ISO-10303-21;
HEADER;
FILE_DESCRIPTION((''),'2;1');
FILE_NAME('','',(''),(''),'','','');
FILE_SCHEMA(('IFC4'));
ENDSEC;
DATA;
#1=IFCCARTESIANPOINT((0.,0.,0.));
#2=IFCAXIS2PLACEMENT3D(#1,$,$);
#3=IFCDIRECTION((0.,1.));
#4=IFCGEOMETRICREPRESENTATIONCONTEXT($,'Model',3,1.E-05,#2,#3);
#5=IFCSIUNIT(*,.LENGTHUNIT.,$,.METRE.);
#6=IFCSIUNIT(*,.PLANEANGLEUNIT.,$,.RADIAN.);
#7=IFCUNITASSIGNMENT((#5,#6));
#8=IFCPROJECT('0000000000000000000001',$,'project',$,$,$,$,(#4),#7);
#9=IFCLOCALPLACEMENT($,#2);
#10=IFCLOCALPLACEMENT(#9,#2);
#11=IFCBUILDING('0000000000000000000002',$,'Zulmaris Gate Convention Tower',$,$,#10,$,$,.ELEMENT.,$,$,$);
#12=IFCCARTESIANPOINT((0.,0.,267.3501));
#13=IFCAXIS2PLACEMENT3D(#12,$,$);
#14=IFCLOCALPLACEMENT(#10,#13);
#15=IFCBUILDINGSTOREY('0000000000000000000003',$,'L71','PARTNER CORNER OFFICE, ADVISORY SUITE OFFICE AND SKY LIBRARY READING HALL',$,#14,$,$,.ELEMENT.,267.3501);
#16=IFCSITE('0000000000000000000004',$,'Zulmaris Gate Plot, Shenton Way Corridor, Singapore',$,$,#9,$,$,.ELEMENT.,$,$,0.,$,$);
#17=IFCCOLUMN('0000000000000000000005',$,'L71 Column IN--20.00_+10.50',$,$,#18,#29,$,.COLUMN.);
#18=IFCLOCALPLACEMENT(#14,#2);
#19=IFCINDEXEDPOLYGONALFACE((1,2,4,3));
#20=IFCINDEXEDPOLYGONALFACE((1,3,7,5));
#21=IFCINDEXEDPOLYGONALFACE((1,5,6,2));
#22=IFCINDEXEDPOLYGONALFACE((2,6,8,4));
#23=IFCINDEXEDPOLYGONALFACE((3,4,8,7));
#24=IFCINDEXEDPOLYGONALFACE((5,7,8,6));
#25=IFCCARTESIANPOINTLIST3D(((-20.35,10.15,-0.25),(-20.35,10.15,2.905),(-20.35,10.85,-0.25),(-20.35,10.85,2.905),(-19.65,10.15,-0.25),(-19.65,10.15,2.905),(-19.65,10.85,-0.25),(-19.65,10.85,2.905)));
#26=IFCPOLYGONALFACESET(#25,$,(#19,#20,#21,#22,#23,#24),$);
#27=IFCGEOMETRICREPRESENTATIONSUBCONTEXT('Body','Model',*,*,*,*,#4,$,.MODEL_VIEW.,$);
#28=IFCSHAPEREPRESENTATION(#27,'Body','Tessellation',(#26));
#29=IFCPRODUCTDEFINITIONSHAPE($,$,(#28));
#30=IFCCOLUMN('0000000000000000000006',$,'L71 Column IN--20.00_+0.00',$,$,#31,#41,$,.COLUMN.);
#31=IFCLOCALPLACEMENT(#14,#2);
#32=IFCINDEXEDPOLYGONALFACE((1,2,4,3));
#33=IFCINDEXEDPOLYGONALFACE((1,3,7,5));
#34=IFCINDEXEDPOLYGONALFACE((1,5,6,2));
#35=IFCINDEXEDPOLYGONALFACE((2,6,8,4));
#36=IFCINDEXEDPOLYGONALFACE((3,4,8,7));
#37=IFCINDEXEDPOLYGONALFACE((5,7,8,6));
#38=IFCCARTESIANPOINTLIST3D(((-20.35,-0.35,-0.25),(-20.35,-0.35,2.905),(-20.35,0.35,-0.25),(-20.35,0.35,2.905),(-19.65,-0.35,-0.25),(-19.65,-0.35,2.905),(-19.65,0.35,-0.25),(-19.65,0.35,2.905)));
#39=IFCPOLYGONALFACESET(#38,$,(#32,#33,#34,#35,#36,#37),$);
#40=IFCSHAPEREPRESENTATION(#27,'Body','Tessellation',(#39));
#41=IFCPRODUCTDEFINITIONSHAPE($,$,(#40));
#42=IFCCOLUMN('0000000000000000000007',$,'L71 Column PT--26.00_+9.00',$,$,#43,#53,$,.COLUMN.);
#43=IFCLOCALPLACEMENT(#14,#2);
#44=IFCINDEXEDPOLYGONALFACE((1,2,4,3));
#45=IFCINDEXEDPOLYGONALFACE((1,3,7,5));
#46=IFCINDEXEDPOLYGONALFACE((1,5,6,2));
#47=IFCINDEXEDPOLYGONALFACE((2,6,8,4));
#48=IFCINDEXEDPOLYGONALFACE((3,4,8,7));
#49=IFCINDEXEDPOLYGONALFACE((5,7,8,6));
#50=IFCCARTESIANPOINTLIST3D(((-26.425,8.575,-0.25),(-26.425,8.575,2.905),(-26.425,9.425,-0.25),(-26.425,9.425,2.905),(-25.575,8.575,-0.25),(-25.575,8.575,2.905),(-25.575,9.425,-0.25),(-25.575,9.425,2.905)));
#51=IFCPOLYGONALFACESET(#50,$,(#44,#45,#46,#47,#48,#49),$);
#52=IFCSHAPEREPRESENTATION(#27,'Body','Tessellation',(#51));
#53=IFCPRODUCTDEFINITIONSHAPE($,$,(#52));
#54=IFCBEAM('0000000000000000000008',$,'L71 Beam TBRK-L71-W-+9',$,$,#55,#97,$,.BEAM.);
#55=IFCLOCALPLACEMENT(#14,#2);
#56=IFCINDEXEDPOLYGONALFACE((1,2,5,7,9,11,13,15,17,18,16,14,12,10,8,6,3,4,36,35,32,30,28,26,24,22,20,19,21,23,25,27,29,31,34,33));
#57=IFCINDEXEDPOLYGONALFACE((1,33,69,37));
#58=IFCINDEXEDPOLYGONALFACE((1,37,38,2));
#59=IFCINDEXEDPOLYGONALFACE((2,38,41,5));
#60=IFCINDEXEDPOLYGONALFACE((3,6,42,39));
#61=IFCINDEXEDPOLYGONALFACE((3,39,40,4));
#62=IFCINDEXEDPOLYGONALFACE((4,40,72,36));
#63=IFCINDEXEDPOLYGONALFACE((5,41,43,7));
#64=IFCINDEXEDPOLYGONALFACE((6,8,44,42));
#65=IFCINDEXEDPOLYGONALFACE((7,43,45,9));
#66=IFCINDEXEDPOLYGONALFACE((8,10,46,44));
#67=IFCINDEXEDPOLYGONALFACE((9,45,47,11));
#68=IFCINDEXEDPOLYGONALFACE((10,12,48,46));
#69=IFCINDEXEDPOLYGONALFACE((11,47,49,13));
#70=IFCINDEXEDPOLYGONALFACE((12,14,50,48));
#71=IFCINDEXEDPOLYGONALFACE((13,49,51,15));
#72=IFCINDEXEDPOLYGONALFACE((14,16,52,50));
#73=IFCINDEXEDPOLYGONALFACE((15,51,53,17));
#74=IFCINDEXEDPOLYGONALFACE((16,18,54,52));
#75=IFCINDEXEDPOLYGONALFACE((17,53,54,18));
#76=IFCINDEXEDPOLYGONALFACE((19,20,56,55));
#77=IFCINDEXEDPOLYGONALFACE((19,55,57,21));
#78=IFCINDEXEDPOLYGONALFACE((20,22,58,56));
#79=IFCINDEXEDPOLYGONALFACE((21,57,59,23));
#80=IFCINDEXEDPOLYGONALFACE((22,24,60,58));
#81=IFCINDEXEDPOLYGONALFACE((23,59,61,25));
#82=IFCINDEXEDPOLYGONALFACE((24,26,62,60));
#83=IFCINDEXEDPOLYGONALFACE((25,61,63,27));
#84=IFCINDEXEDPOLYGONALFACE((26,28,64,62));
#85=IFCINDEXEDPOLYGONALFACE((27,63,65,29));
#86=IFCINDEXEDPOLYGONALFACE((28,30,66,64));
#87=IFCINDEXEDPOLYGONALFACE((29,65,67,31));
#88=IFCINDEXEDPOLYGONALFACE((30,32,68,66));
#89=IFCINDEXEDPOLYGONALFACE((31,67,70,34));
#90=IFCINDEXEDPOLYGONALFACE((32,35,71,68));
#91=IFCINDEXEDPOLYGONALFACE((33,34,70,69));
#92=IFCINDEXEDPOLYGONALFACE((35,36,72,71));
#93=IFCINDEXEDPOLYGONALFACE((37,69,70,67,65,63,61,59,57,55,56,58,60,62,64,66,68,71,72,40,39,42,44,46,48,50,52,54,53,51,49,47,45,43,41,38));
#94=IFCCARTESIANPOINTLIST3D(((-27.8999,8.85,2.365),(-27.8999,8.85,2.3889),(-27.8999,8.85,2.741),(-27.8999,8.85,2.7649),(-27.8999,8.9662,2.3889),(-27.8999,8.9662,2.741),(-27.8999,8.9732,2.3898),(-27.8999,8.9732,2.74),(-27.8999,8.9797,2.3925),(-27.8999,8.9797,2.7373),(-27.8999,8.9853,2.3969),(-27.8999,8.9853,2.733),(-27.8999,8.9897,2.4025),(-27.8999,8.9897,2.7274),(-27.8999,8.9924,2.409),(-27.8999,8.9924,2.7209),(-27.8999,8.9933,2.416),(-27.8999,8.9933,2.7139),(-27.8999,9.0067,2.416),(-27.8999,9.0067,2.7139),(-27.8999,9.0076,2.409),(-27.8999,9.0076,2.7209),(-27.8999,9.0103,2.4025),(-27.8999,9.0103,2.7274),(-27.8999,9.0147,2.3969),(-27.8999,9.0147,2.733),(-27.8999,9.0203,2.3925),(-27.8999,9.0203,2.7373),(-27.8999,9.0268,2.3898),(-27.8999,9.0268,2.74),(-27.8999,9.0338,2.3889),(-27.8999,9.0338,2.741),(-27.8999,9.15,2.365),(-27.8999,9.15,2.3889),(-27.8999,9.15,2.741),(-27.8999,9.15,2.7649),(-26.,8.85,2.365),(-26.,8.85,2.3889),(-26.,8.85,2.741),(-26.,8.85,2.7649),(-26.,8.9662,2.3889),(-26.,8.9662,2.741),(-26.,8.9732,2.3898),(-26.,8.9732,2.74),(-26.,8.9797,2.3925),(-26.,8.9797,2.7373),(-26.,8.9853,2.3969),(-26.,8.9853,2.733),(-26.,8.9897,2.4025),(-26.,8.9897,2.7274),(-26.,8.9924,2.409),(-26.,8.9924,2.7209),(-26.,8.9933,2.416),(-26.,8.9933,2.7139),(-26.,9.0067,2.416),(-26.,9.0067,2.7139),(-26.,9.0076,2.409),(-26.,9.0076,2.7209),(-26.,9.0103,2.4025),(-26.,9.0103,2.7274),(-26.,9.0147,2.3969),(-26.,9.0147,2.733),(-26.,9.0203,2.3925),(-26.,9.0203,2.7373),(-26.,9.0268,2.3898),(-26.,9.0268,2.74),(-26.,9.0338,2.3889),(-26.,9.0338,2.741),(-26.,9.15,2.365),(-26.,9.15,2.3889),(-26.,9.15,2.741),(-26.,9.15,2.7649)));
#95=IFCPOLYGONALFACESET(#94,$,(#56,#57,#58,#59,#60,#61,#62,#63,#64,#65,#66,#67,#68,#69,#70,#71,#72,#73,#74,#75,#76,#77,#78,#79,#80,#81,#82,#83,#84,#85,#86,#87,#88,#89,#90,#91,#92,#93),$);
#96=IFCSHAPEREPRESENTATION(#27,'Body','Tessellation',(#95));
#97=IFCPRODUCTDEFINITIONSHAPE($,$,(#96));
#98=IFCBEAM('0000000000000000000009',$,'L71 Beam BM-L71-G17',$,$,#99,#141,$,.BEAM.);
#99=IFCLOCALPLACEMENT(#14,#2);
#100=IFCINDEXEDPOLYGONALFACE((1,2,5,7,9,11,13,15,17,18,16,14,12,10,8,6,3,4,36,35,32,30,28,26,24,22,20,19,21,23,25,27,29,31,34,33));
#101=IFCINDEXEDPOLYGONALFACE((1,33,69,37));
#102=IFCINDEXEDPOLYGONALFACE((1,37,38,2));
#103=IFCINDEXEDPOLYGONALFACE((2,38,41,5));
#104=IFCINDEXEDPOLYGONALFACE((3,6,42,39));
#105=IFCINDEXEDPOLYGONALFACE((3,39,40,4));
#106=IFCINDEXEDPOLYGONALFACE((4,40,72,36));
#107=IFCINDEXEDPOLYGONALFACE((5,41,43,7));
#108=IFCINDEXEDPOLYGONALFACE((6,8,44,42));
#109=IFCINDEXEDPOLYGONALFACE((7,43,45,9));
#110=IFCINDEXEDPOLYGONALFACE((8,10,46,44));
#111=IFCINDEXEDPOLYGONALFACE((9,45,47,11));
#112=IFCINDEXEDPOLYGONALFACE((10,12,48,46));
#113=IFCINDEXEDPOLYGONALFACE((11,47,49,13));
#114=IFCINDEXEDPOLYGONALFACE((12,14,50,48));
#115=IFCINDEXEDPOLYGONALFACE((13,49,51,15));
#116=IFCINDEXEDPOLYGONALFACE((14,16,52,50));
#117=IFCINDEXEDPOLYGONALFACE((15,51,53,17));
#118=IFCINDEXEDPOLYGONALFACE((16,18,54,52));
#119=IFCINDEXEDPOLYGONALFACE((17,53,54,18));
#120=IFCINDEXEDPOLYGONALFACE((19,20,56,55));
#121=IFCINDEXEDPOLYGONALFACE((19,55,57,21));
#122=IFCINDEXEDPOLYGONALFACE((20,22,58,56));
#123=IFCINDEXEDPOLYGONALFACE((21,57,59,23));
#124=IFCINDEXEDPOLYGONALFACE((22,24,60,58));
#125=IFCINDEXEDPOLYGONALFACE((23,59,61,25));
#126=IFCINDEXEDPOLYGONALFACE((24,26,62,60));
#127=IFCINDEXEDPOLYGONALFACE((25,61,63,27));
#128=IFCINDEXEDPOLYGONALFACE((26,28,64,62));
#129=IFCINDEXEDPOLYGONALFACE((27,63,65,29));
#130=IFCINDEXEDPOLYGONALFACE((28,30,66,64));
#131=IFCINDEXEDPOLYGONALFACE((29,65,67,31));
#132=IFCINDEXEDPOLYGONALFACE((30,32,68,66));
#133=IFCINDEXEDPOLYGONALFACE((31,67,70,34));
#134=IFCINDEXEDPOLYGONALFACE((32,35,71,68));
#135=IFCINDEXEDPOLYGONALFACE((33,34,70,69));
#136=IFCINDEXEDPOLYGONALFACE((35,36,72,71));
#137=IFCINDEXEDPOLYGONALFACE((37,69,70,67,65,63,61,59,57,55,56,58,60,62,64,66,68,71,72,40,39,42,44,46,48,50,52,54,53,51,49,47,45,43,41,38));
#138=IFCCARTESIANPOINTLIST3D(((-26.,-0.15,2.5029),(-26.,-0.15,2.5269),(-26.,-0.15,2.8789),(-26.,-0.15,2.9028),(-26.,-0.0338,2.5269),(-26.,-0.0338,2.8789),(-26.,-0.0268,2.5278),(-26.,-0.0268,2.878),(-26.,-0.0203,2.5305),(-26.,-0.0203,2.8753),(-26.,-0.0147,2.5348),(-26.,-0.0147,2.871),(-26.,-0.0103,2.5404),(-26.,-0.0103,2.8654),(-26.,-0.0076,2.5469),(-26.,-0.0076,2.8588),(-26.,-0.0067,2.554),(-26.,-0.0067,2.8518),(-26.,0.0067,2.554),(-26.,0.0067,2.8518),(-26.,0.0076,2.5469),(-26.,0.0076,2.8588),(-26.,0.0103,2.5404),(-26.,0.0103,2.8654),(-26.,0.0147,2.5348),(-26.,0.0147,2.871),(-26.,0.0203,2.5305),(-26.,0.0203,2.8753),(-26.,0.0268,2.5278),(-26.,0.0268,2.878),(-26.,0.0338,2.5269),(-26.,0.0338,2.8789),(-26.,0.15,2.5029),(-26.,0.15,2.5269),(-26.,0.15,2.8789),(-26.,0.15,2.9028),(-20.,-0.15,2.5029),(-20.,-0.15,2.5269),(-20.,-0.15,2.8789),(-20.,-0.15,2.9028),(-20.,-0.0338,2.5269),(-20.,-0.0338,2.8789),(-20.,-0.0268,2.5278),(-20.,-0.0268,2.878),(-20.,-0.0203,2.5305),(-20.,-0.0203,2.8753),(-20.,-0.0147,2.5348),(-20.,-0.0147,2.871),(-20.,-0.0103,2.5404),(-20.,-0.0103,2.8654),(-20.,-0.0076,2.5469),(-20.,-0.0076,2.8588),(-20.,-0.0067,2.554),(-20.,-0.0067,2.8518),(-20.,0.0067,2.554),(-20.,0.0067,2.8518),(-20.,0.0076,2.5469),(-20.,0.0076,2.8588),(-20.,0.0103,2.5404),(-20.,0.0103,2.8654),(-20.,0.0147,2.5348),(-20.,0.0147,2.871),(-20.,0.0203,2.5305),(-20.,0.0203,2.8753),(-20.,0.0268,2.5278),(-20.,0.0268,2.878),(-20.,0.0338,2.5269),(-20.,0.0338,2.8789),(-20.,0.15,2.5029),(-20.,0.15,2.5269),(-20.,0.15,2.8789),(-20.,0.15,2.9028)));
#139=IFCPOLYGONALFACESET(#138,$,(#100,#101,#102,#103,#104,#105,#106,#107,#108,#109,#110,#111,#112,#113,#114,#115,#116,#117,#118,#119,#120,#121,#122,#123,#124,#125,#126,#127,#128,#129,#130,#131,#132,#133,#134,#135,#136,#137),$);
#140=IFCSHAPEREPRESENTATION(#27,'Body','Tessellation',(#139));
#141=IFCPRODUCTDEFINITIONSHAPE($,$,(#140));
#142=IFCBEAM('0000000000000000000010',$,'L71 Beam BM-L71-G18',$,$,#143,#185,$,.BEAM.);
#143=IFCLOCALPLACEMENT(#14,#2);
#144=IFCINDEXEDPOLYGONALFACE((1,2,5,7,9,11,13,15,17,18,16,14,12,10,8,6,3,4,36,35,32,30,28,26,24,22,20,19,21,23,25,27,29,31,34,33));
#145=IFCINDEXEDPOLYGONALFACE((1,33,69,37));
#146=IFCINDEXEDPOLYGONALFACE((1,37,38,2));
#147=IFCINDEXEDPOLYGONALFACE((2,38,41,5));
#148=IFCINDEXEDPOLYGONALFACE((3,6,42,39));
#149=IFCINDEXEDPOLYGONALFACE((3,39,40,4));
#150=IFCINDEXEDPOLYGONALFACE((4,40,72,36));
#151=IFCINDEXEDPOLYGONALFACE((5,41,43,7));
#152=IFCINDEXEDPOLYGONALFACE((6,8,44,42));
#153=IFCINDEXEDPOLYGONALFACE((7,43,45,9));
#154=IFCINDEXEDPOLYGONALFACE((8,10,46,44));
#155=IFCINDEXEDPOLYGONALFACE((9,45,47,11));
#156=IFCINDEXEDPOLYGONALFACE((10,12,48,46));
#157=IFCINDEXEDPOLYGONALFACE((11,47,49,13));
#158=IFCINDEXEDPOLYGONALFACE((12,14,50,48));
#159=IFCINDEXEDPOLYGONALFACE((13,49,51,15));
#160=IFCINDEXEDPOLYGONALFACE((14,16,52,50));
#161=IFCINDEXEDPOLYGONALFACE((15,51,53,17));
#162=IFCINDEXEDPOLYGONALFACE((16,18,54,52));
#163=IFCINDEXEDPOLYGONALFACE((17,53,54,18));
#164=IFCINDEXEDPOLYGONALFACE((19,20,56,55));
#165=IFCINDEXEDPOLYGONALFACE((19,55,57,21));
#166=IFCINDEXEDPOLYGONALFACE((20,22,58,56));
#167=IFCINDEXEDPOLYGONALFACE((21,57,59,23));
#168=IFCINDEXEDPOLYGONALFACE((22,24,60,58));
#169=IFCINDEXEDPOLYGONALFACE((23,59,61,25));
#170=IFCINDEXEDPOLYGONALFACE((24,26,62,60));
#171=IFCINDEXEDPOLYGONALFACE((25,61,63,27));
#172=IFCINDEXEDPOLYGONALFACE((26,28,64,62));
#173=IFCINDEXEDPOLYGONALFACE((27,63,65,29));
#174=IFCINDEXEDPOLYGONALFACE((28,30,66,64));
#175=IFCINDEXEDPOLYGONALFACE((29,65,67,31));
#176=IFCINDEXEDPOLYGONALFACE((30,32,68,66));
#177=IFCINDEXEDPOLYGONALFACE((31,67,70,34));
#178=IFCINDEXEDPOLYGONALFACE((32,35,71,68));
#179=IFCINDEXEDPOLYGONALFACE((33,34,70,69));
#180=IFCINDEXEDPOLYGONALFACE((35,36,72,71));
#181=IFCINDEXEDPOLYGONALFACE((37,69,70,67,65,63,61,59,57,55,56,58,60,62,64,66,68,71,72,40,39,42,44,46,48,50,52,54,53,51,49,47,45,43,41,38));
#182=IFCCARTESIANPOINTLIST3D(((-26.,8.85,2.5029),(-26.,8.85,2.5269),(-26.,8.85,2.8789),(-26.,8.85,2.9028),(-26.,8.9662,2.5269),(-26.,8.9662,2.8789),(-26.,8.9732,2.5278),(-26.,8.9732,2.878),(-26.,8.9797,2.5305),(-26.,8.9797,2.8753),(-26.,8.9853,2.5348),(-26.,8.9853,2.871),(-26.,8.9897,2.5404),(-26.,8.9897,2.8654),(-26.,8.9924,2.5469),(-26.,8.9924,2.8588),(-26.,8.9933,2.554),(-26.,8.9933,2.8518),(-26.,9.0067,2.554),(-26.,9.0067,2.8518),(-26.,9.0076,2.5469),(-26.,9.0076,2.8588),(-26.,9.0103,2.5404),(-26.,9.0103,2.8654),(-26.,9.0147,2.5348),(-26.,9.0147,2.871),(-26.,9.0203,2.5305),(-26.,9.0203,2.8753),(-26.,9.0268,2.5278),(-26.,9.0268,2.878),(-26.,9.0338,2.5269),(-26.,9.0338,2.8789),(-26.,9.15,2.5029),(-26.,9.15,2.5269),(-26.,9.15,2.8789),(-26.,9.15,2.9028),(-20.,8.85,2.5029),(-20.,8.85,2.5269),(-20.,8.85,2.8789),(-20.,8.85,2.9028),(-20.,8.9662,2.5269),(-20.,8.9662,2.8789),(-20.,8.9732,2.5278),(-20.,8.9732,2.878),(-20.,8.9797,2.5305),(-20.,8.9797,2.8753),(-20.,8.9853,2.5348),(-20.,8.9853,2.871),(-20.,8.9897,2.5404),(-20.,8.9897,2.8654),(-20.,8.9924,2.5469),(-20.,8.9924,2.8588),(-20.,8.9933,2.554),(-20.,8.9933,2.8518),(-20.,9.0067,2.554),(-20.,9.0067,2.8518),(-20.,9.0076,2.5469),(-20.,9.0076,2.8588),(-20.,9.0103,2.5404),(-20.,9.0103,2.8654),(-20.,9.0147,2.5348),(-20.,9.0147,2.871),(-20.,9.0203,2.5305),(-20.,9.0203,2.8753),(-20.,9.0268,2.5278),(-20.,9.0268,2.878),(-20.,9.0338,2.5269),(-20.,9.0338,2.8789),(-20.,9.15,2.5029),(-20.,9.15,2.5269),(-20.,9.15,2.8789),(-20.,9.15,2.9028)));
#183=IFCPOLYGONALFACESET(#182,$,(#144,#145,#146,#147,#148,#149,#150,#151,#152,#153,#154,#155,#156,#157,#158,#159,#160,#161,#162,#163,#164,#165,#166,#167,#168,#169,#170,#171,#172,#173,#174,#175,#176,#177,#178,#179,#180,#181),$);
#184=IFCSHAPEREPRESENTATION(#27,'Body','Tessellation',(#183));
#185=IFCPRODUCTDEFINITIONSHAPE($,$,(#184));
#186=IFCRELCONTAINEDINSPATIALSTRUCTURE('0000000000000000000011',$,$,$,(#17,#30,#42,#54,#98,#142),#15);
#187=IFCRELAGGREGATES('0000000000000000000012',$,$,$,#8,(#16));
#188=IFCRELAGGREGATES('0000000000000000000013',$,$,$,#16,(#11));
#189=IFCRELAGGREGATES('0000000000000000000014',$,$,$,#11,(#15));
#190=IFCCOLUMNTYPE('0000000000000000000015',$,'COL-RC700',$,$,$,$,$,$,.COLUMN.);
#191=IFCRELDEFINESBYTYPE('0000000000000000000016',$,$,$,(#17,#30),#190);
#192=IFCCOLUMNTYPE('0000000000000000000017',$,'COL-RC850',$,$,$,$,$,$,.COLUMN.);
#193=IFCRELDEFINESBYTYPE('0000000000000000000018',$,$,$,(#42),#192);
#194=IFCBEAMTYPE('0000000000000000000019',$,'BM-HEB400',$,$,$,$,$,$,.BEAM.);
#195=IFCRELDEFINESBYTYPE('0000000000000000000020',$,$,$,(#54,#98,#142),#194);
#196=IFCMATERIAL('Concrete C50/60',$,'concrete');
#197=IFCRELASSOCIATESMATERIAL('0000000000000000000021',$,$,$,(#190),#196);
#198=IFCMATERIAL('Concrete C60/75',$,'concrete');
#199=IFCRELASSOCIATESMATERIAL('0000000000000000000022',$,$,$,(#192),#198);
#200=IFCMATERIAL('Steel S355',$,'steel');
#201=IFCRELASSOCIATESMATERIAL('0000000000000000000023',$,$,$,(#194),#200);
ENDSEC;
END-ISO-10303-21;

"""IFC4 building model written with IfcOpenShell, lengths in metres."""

from ifc_helpers import new_model, si_unit, direction, frame, origin, origin_2d, place, context, subcontext, project, spatial, rectangle, i_section, extrude, material, material_profile, profile_set, type_object, element, save


model = new_model("IFC4")

# Units and contexts
model_context = context("Model", 3, precision=1e-05, world=origin(), true_north=direction((0.0, 1.0)))
body_context = subcontext(model_context, "Body", "Model", "MODEL_VIEW")
ifc_project = project(units=[si_unit("LENGTHUNIT", "METRE"), si_unit("PLANEANGLEUNIT", "RADIAN")], contexts=[model_context])

# Site, building, storey
site_placement = place(None, origin())
site = spatial("IfcSite", under=ifc_project, at=site_placement, Name="Zulmaris Gate Plot, Shenton Way Corridor, Singapore", CompositionType="ELEMENT", RefElevation=0.0)
building_placement = place(site_placement, origin())
building = spatial("IfcBuilding", under=site, at=building_placement, Name="Zulmaris Gate Convention Tower", CompositionType="ELEMENT")
storey_placement = place(building_placement, frame((0.0, 0.0, 267.3501)))
storey = spatial("IfcBuildingStorey", under=building, at=storey_placement, Name="L71", Description="PARTNER CORNER OFFICE, ADVISORY SUITE OFFICE AND SKY LIBRARY READING HALL", CompositionType="ELEMENT", Elevation=267.3501)

# Columns
ifc_material_1 = material(Name="Concrete C50/60", Category="concrete")
ifc_material_profile_1 = material_profile(ifc_material_1, rectangle(XDim=0.7, YDim=0.7, at=origin_2d()), Name="RC COL 700x700")
ifc_profile_set_1 = profile_set([ifc_material_profile_1], Name="Concrete C50/60")
column_type_1 = type_object("IfcColumnType", Name="COL-RC700", PredefinedType="COLUMN", material=ifc_profile_set_1)
for number, where, z_axis, x_axis, name in (
    (1, (-20.0, 10.5, -0.25), (0.0, 0.0, 1.0), (1.0, 0.0, 0.0), "L71 Column IN--20.00_+10.50"),
    (2, (-20.0, 0.0, -0.25), (0.0, 0.0, 1.0), (1.0, 0.0, 0.0), "L71 Column IN--20.00_+0.00"),
):
    element("IfcColumn", number, at=place(storey_placement, frame(where, z_axis=z_axis, x_axis=x_axis)), inside=storey, type_object=column_type_1, Name=name, PredefinedType="COLUMN", context=body_context, shape_type="SweptSolid", body=[
        extrude(rectangle(XDim=0.7, YDim=0.7, at=origin_2d()), origin(), (0.0, 0.0, 1.0), 3.155),
    ])
ifc_material_2 = material(Name="Concrete C60/75", Category="concrete")
ifc_material_profile_2 = material_profile(ifc_material_2, rectangle(XDim=0.8501, YDim=0.8501, at=origin_2d()), Name="RC COL 850x850")
ifc_profile_set_2 = profile_set([ifc_material_profile_2], Name="Concrete C60/75")
column_type_2 = type_object("IfcColumnType", Name="COL-RC850", PredefinedType="COLUMN", material=ifc_profile_set_2)
column_placement = place(storey_placement, frame((-26.0, 9.0, -0.25), z_axis=(0.0, 0.0, 1.0), x_axis=(1.0, 0.0, 0.0)))
element("IfcColumn", 3, at=column_placement, inside=storey, type_object=column_type_2, Name="L71 Column PT--26.00_+9.00", PredefinedType="COLUMN", context=body_context, shape_type="SweptSolid", body=[
    extrude(rectangle(XDim=0.8501, YDim=0.8501, at=origin_2d()), origin(), (0.0, 0.0, 1.0), 3.155),
])

# Beams
ifc_material_3 = material(Name="Steel S355", Category="steel")
ifc_material_profile_3 = material_profile(ifc_material_3, i_section(OverallWidth=0.3, OverallDepth=0.3999, WebThickness=0.0134, FlangeThickness=0.0239, FilletRadius=0.0271, at=origin_2d()), Name="HEB 400")
ifc_profile_set_3 = profile_set([ifc_material_profile_3], Name="Steel S355")
beam_type_1 = type_object("IfcBeamType", Name="BM-HEB400", PredefinedType="BEAM", material=ifc_profile_set_3)
beam_1_placement = place(storey_placement, frame((-27.8999, 9.0, 2.5649), z_axis=(1.0, 0.0, 0.0), x_axis=(0.0, 1.0, 0.0)))
element("IfcBeam", 4, at=beam_1_placement, inside=storey, type_object=beam_type_1, Name="L71 Beam TBRK-L71-W-+9", PredefinedType="BEAM", context=body_context, shape_type="SweptSolid", body=[
    extrude(i_section(OverallWidth=0.3, OverallDepth=0.3999, WebThickness=0.0134, FlangeThickness=0.0239, FilletRadius=0.0271, at=origin_2d()), origin(), (0.0, 0.0, 1.0), 1.8999),
])
for number, where, z_axis, x_axis, name in (
    (5, (-26.0, 0.0, 2.7029), (1.0, 0.0, 0.0), (0.0, 1.0, 0.0), "L71 Beam BM-L71-G17"),
    (6, (-26.0, 9.0, 2.7029), (1.0, 0.0, 0.0), (0.0, 1.0, 0.0), "L71 Beam BM-L71-G18"),
):
    element("IfcBeam", number, at=place(storey_placement, frame(where, z_axis=z_axis, x_axis=x_axis)), inside=storey, type_object=beam_type_1, Name=name, PredefinedType="BEAM", context=body_context, shape_type="SweptSolid", body=[
        extrude(i_section(OverallWidth=0.3, OverallDepth=0.3999, WebThickness=0.0134, FlangeThickness=0.0239, FilletRadius=0.0271, at=origin_2d()), origin(), (0.0, 0.0, 1.0), 6.0),
    ])

save(model, "model.ifc")
